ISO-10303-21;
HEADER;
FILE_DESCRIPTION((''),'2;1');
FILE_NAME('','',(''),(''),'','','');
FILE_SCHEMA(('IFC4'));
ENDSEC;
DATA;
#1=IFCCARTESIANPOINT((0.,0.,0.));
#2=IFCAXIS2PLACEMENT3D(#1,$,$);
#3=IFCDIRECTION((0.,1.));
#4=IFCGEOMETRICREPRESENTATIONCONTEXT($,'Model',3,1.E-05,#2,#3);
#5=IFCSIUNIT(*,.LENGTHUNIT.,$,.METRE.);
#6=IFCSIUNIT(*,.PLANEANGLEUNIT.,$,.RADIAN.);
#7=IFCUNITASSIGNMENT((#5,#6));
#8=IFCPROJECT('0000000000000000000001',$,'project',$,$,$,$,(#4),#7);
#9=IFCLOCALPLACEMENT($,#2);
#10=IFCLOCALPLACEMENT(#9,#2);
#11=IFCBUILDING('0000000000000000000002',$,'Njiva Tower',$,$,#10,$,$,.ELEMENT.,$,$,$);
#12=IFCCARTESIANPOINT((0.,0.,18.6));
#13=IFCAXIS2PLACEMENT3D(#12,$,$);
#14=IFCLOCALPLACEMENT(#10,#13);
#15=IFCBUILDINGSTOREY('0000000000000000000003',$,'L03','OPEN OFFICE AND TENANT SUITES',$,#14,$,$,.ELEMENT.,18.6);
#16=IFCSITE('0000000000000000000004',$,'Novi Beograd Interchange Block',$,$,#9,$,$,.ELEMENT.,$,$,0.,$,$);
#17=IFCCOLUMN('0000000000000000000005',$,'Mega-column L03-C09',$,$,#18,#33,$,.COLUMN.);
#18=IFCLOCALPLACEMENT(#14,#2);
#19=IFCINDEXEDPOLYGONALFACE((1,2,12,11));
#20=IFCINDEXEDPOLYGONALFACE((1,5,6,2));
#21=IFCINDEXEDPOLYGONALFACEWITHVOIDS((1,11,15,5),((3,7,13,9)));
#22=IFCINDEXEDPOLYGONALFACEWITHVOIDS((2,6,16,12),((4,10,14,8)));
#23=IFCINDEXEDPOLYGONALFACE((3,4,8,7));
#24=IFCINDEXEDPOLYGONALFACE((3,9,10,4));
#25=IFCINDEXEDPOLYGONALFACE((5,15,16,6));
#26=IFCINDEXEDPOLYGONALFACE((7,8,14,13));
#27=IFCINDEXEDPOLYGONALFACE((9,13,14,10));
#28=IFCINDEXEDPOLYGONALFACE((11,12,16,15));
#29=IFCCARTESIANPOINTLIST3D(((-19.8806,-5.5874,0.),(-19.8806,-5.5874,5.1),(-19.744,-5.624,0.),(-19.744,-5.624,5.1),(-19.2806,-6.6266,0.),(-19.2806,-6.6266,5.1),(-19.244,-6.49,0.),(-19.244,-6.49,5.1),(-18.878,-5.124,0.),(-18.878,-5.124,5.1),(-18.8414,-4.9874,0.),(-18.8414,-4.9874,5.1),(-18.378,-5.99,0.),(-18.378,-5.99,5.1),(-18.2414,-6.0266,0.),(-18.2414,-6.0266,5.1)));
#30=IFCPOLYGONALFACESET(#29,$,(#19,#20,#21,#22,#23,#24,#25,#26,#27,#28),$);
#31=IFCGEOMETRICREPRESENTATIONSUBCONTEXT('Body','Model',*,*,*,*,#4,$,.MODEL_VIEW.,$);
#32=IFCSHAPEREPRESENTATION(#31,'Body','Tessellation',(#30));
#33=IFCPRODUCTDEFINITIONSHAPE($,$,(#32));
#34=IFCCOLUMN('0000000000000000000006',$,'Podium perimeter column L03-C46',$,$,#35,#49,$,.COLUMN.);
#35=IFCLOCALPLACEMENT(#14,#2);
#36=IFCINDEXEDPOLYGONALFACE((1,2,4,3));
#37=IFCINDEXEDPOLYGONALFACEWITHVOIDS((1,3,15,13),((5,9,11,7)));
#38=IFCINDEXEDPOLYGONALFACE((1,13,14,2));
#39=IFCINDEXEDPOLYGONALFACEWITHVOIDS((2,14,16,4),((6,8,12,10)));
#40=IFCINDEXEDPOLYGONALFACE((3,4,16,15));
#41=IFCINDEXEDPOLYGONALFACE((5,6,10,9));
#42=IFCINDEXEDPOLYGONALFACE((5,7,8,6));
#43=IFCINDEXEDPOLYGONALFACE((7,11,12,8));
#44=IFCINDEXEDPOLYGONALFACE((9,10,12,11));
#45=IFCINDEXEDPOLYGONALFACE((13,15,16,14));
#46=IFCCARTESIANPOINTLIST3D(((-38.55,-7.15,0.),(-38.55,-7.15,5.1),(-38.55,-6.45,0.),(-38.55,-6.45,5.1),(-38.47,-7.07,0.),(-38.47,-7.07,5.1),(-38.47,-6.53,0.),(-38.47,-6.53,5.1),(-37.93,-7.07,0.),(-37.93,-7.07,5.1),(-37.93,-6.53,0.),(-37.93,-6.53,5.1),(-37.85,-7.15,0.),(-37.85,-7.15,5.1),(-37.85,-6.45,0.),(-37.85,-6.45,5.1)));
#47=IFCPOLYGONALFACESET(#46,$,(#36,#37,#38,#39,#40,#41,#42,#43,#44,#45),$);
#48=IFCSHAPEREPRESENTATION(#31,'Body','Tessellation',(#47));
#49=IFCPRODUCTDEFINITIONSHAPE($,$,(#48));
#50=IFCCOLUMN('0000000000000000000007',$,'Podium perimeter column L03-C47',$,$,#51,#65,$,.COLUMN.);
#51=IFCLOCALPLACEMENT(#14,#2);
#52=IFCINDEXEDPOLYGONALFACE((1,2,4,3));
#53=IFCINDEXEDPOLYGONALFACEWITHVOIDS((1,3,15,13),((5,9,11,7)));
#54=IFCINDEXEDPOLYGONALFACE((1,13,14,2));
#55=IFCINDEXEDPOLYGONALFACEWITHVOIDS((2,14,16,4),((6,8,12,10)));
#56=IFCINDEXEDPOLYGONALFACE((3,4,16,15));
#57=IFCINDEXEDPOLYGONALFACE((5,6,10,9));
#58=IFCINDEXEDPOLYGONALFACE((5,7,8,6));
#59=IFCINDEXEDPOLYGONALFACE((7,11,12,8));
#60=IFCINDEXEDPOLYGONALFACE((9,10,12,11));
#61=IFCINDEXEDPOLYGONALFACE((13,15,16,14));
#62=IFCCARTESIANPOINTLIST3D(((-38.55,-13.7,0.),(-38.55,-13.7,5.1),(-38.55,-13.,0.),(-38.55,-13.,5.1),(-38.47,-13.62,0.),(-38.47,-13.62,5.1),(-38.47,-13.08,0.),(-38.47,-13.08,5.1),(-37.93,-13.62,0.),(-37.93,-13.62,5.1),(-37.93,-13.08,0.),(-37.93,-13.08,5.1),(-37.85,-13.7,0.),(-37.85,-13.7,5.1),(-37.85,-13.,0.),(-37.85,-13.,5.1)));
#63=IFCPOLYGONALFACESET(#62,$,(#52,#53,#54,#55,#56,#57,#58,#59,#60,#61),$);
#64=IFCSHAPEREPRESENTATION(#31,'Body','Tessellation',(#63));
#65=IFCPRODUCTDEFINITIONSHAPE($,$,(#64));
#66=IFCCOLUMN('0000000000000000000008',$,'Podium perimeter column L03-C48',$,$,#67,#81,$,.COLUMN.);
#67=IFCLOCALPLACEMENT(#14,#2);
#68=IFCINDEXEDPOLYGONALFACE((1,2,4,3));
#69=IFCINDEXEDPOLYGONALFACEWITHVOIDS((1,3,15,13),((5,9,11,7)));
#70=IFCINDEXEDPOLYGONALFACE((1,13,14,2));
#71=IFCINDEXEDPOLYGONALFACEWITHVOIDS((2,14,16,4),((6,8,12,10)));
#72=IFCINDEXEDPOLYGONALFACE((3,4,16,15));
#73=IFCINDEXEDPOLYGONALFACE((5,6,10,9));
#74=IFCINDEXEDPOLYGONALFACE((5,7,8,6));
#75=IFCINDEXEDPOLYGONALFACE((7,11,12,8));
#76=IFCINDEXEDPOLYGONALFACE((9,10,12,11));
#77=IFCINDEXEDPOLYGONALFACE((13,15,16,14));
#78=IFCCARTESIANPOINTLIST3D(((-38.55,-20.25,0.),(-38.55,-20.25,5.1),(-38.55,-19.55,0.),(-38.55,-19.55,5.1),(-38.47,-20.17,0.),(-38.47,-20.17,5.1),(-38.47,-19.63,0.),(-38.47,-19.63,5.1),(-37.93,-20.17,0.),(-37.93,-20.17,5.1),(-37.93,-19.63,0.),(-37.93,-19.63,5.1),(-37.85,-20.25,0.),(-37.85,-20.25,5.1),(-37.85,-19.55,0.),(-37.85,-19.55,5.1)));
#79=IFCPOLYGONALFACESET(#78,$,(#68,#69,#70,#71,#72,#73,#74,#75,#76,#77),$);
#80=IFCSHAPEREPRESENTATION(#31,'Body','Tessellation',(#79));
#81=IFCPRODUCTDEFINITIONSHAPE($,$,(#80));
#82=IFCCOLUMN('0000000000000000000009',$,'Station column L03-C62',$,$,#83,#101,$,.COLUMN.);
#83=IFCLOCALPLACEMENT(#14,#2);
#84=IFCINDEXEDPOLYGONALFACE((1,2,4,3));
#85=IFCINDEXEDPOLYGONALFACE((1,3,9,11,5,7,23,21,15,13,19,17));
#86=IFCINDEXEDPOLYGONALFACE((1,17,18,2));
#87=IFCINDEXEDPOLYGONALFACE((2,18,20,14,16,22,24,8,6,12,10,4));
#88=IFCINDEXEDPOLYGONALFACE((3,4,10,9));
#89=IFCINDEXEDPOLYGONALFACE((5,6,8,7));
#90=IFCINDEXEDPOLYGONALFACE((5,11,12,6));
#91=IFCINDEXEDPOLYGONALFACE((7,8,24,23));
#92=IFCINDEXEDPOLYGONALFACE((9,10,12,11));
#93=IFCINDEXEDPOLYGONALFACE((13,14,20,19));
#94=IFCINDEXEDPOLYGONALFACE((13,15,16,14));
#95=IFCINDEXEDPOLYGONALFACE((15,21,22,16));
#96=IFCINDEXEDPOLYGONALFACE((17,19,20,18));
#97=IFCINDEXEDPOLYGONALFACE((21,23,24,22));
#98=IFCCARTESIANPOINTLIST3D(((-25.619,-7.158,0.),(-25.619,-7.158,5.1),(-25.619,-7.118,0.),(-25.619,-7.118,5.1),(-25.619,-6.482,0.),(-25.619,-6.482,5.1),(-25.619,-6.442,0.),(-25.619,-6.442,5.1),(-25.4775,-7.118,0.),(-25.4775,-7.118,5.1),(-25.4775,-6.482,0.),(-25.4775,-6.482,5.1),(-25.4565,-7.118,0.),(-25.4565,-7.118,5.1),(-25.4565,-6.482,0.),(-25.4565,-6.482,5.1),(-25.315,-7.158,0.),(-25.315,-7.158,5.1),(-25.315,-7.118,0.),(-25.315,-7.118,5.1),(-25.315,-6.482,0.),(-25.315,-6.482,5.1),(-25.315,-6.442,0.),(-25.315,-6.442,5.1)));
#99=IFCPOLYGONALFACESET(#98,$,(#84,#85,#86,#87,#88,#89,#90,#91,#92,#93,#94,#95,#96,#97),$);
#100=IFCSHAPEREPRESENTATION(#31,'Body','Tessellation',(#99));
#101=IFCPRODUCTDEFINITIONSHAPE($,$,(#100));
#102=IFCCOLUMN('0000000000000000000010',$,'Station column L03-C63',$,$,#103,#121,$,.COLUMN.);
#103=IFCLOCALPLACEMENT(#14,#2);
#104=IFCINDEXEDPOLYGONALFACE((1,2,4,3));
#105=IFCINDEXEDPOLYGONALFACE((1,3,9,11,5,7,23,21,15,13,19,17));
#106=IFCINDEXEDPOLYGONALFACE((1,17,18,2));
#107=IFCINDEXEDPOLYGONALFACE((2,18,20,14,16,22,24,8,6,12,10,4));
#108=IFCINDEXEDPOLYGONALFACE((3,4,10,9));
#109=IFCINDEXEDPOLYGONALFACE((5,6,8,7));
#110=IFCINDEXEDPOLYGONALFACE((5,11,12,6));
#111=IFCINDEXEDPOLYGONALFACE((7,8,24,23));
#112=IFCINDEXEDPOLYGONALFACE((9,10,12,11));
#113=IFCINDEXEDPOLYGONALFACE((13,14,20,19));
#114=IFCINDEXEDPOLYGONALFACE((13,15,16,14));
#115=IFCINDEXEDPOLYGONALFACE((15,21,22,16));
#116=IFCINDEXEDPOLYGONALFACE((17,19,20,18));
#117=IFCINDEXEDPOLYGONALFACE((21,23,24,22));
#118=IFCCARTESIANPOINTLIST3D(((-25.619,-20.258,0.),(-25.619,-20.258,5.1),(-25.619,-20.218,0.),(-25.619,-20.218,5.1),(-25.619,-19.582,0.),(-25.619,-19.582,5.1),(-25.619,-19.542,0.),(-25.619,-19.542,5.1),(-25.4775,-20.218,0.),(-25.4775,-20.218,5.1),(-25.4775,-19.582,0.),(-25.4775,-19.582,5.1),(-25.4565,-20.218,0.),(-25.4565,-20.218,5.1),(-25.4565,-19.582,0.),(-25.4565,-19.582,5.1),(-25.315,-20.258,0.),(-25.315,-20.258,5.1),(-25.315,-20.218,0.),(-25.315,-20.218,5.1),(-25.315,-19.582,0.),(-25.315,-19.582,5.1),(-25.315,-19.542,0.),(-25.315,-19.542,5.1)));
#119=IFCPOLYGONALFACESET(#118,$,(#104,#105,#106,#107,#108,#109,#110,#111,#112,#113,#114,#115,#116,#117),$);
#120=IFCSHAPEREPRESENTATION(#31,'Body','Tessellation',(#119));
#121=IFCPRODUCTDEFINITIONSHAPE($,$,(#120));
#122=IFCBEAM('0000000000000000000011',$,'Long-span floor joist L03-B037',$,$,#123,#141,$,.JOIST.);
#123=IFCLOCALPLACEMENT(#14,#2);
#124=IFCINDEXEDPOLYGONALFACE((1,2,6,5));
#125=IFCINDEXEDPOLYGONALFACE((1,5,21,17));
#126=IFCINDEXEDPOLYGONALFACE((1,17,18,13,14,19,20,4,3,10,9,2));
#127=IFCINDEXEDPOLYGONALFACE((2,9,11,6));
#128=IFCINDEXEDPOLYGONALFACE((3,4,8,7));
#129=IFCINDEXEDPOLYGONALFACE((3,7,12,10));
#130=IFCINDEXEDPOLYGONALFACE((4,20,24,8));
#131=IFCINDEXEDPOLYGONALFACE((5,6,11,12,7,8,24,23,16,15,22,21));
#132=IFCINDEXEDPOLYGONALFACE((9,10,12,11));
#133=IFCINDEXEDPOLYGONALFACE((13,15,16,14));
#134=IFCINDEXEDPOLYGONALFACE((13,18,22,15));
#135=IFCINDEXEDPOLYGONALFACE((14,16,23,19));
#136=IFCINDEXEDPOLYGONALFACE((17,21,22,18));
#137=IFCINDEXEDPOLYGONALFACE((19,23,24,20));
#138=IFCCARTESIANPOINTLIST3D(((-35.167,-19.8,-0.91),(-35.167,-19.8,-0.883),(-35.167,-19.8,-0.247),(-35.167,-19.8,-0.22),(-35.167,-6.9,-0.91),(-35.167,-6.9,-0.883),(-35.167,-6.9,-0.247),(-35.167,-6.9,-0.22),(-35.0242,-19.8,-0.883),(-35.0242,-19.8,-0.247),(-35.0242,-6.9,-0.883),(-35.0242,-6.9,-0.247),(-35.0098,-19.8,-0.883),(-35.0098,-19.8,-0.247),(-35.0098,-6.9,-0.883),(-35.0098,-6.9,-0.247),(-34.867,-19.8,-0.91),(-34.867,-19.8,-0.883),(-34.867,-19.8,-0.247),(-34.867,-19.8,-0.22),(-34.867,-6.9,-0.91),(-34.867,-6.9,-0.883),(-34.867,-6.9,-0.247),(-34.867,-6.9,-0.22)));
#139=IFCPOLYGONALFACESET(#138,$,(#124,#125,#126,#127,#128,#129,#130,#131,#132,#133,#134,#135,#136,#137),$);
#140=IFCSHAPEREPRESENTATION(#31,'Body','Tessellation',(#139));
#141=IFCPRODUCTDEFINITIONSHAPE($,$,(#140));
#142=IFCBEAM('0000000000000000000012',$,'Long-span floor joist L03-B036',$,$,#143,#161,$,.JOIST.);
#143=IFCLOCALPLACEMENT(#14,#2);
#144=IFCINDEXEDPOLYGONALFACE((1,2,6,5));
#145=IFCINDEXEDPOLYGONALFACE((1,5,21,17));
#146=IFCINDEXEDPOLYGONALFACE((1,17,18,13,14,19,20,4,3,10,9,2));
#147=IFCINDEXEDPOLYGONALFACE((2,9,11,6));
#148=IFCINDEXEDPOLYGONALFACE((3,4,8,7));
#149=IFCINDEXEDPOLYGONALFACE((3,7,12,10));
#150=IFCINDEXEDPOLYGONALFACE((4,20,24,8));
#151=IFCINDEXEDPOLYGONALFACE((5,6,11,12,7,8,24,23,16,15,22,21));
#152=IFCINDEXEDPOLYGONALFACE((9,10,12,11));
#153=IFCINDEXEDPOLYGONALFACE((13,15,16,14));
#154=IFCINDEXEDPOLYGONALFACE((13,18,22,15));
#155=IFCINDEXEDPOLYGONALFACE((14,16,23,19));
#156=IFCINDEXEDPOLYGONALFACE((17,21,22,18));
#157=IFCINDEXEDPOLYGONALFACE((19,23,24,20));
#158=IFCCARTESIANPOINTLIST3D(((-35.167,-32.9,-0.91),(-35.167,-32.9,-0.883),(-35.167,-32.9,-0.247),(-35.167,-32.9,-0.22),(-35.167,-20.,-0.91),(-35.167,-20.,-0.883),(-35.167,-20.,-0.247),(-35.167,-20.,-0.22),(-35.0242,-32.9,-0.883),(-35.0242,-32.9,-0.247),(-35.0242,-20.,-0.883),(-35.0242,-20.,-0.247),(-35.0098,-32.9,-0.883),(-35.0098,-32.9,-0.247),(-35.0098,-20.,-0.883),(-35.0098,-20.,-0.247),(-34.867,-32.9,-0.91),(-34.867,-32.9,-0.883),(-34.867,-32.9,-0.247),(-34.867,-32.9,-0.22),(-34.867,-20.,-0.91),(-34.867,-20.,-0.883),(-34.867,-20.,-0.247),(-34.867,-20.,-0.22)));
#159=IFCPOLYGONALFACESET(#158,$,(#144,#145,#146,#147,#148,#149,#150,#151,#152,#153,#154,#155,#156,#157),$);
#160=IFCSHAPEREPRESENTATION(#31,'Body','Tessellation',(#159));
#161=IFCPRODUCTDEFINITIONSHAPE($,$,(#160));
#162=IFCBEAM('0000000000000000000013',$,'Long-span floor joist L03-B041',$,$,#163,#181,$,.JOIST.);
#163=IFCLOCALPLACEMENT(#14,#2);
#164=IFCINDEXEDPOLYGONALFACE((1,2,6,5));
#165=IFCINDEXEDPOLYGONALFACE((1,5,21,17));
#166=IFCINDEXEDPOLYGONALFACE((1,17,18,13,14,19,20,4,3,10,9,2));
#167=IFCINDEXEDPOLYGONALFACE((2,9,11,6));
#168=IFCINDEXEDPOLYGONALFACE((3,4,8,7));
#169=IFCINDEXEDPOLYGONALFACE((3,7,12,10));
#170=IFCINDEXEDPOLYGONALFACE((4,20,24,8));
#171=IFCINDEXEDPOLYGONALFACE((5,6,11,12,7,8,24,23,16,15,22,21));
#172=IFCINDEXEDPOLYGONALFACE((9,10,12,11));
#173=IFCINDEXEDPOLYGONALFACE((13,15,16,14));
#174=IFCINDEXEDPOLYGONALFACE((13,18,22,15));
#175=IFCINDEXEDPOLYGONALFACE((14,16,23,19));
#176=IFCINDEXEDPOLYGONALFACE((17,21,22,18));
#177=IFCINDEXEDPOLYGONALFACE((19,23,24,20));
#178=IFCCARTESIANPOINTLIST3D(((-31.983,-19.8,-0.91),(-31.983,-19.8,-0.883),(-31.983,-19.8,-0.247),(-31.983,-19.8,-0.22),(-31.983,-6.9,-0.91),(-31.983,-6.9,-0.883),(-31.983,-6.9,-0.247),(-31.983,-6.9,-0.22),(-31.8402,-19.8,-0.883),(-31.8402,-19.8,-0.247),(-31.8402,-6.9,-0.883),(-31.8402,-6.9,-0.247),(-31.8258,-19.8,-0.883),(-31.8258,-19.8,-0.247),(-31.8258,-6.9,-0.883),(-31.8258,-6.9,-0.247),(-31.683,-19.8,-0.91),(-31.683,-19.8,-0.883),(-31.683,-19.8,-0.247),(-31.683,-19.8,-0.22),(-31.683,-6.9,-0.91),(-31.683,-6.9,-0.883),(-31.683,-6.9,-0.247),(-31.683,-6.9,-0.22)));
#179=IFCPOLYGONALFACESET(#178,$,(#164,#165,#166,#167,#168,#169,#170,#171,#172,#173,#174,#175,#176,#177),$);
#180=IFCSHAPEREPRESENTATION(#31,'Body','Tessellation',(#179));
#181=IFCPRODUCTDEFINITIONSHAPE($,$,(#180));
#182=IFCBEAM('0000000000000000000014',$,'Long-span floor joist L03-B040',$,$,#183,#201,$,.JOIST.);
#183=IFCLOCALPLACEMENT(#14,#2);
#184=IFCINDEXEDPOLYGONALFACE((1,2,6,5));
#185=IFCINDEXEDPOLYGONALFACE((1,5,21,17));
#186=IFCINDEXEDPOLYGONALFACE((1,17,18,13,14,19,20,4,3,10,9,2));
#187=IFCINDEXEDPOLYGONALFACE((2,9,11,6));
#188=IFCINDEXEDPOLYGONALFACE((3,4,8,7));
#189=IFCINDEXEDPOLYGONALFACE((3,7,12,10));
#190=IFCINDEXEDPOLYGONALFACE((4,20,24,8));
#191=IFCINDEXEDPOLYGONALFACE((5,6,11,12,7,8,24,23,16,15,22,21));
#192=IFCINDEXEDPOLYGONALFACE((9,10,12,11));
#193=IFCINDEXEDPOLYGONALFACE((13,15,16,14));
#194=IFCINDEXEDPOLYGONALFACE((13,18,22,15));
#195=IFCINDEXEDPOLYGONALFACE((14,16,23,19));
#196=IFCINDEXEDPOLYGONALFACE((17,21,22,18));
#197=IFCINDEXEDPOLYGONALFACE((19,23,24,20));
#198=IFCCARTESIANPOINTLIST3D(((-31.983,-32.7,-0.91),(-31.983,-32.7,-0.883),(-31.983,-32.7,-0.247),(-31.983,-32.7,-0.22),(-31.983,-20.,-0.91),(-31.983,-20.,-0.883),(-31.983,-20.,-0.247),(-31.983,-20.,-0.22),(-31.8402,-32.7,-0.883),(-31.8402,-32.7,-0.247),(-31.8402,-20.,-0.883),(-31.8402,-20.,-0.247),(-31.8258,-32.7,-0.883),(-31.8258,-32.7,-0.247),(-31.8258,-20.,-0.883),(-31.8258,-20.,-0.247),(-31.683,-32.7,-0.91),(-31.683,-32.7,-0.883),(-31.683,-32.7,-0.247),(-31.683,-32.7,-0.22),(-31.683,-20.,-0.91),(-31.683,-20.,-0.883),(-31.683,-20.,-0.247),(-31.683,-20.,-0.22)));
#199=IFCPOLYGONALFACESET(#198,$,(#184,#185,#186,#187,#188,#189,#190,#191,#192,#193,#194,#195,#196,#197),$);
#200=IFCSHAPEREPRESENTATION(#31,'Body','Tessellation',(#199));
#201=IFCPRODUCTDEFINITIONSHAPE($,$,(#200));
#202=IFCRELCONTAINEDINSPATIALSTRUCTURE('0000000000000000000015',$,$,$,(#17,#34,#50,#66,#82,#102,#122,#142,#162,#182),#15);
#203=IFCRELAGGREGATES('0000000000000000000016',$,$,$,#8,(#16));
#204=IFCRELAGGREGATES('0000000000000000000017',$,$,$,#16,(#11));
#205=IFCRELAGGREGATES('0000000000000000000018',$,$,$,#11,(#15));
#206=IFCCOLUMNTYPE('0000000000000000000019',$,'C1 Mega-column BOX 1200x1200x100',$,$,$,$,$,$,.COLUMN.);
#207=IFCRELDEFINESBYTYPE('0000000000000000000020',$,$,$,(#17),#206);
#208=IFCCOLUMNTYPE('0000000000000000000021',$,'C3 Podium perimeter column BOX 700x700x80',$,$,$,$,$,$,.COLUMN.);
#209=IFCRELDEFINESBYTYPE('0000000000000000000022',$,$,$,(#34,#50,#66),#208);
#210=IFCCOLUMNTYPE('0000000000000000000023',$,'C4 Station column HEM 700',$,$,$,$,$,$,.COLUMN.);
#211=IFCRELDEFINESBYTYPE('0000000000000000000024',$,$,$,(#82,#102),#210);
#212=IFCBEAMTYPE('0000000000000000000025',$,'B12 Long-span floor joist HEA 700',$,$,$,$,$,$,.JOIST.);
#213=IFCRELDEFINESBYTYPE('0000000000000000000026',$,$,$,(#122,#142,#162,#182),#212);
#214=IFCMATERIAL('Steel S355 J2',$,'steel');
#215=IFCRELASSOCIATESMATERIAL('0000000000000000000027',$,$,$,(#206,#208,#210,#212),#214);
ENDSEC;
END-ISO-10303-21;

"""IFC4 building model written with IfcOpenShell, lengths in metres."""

from ifc_helpers import new_model, si_unit, direction, frame, origin, origin_2d, place, context, subcontext, project, spatial, hollow_rectangle, i_section, extrude, material, material_profile, profile_set, type_object, element, save


model = new_model("IFC4")

# Units and contexts
model_context = context("Model", 3, precision=1e-05, world=origin(), true_north=direction((0.0, 1.0)))
body_context = subcontext(model_context, "Body", "Model", "MODEL_VIEW")
ifc_project = project(units=[si_unit("LENGTHUNIT", "METRE"), si_unit("PLANEANGLEUNIT", "RADIAN")], contexts=[model_context])

# Site, building, storey
site_placement = place(None, origin())
site = spatial("IfcSite", under=ifc_project, at=site_placement, Name="Novi Beograd Interchange Block", CompositionType="ELEMENT", RefElevation=0.0)
building_placement = place(site_placement, origin())
building = spatial("IfcBuilding", under=site, at=building_placement, Name="Njiva Tower", CompositionType="ELEMENT")
storey_placement = place(building_placement, frame((0.0, 0.0, 18.6)))
storey = spatial("IfcBuildingStorey", under=building, at=storey_placement, Name="L03", Description="OPEN OFFICE AND TENANT SUITES", CompositionType="ELEMENT", Elevation=18.6)

# Columns
ifc_material_1 = material(Name="Steel S355 J2", Category="steel")
ifc_material_profile_1 = material_profile(ifc_material_1, hollow_rectangle(XDim=1.2, YDim=1.2, WallThickness=0.1, at=origin_2d()), Name="BOX 1200x1200x100")
ifc_profile_set_1 = profile_set([ifc_material_profile_1], Name="Steel S355 J2")
column_type_1 = type_object("IfcColumnType", Name="C1 Mega-column BOX 1200x1200x100", PredefinedType="COLUMN", material=ifc_profile_set_1)
column_placement = place(storey_placement, frame((-19.061, -5.807, 0.0), z_axis=(0.0, 0.0, 1.0), x_axis=(0.5, -0.866025, 0.0)))
element("IfcColumn", 1, at=column_placement, inside=storey, type_object=column_type_1, Name="Mega-column L03-C09", PredefinedType="COLUMN", context=body_context, shape_type="SweptSolid", body=[
    extrude(hollow_rectangle(XDim=1.2, YDim=1.2, WallThickness=0.1, at=origin_2d()), origin(), (0.0, 0.0, 1.0), 5.1),
])
ifc_material_profile_2 = material_profile(ifc_material_1, hollow_rectangle(XDim=0.7, YDim=0.7, WallThickness=0.08, at=origin_2d()), Name="BOX 700x700x80")
ifc_profile_set_2 = profile_set([ifc_material_profile_2], Name="Steel S355 J2")
column_type_2 = type_object("IfcColumnType", Name="C3 Podium perimeter column BOX 700x700x80", PredefinedType="COLUMN", material=ifc_profile_set_2)
for number, where, z_axis, x_axis, name in (
    (2, (-38.2, -6.8, 0.0), (0.0, 0.0, 1.0), (0.0, -1.0, 0.0), "Podium perimeter column L03-C46"),
    (3, (-38.2, -13.35, 0.0), (0.0, 0.0, 1.0), (0.0, -1.0, 0.0), "Podium perimeter column L03-C47"),
    (4, (-38.2, -19.9, 0.0), (0.0, 0.0, 1.0), (0.0, -1.0, 0.0), "Podium perimeter column L03-C48"),
):
    element("IfcColumn", number, at=place(storey_placement, frame(where, z_axis=z_axis, x_axis=x_axis)), inside=storey, type_object=column_type_2, Name=name, PredefinedType="COLUMN", context=body_context, shape_type="SweptSolid", body=[
        extrude(hollow_rectangle(XDim=0.7, YDim=0.7, WallThickness=0.08, at=origin_2d()), origin(), (0.0, 0.0, 1.0), 5.1),
    ])
ifc_material_profile_3 = material_profile(ifc_material_1, i_section(OverallWidth=0.304, OverallDepth=0.716, WebThickness=0.021, FlangeThickness=0.04, at=origin_2d()), Name="HEM 700")
ifc_profile_set_3 = profile_set([ifc_material_profile_3], Name="Steel S355 J2")
column_type_3 = type_object("IfcColumnType", Name="C4 Station column HEM 700", PredefinedType="COLUMN", material=ifc_profile_set_3)
for number, where, z_axis, x_axis, name in (
    (5, (-25.467, -6.8, 0.0), (0.0, 0.0, 1.0), (1.0, 0.0, 0.0), "Station column L03-C62"),
    (6, (-25.467, -19.9, 0.0), (0.0, 0.0, 1.0), (1.0, 0.0, 0.0), "Station column L03-C63"),
):
    element("IfcColumn", number, at=place(storey_placement, frame(where, z_axis=z_axis, x_axis=x_axis)), inside=storey, type_object=column_type_3, Name=name, PredefinedType="COLUMN", context=body_context, shape_type="SweptSolid", body=[
        extrude(i_section(OverallWidth=0.304, OverallDepth=0.716, WebThickness=0.021, FlangeThickness=0.04, at=origin_2d()), origin(), (0.0, 0.0, 1.0), 5.1),
    ])

# Beams
ifc_material_profile_4 = material_profile(ifc_material_1, i_section(OverallWidth=0.3, OverallDepth=0.69, WebThickness=0.0145, FlangeThickness=0.027, at=origin_2d()), Name="HEA 700")
ifc_profile_set_4 = profile_set([ifc_material_profile_4], Name="Steel S355 J2")
beam_type_1 = type_object("IfcBeamType", Name="B12 Long-span floor joist HEA 700", PredefinedType="JOIST", material=ifc_profile_set_4)
for number, where, z_axis, x_axis, name in (
    (7, (-35.017, -6.9, -0.565), (0.0, -1.0, 0.0), (1.0, 0.0, 0.0), "Long-span floor joist L03-B037"),
    (8, (-35.017, -20.0, -0.565), (0.0, -1.0, 0.0), (1.0, 0.0, 0.0), "Long-span floor joist L03-B036"),
    (9, (-31.833, -6.9, -0.565), (0.0, -1.0, 0.0), (1.0, 0.0, 0.0), "Long-span floor joist L03-B041"),
):
    element("IfcBeam", number, at=place(storey_placement, frame(where, z_axis=z_axis, x_axis=x_axis)), inside=storey, type_object=beam_type_1, Name=name, PredefinedType="JOIST", context=body_context, shape_type="SweptSolid", body=[
        extrude(i_section(OverallWidth=0.3, OverallDepth=0.69, WebThickness=0.0145, FlangeThickness=0.027, at=origin_2d()), origin(), (0.0, 0.0, 1.0), 12.9),
    ])
beam_1_placement = place(storey_placement, frame((-31.833, -20.0, -0.565), z_axis=(0.0, -1.0, 0.0), x_axis=(1.0, 0.0, 0.0)))
element("IfcBeam", 10, at=beam_1_placement, inside=storey, type_object=beam_type_1, Name="Long-span floor joist L03-B040", PredefinedType="JOIST", context=body_context, shape_type="SweptSolid", body=[
    extrude(i_section(OverallWidth=0.3, OverallDepth=0.69, WebThickness=0.0145, FlangeThickness=0.027, at=origin_2d()), origin(), (0.0, 0.0, 1.0), 12.7),
])

save(model, "model.ifc")
